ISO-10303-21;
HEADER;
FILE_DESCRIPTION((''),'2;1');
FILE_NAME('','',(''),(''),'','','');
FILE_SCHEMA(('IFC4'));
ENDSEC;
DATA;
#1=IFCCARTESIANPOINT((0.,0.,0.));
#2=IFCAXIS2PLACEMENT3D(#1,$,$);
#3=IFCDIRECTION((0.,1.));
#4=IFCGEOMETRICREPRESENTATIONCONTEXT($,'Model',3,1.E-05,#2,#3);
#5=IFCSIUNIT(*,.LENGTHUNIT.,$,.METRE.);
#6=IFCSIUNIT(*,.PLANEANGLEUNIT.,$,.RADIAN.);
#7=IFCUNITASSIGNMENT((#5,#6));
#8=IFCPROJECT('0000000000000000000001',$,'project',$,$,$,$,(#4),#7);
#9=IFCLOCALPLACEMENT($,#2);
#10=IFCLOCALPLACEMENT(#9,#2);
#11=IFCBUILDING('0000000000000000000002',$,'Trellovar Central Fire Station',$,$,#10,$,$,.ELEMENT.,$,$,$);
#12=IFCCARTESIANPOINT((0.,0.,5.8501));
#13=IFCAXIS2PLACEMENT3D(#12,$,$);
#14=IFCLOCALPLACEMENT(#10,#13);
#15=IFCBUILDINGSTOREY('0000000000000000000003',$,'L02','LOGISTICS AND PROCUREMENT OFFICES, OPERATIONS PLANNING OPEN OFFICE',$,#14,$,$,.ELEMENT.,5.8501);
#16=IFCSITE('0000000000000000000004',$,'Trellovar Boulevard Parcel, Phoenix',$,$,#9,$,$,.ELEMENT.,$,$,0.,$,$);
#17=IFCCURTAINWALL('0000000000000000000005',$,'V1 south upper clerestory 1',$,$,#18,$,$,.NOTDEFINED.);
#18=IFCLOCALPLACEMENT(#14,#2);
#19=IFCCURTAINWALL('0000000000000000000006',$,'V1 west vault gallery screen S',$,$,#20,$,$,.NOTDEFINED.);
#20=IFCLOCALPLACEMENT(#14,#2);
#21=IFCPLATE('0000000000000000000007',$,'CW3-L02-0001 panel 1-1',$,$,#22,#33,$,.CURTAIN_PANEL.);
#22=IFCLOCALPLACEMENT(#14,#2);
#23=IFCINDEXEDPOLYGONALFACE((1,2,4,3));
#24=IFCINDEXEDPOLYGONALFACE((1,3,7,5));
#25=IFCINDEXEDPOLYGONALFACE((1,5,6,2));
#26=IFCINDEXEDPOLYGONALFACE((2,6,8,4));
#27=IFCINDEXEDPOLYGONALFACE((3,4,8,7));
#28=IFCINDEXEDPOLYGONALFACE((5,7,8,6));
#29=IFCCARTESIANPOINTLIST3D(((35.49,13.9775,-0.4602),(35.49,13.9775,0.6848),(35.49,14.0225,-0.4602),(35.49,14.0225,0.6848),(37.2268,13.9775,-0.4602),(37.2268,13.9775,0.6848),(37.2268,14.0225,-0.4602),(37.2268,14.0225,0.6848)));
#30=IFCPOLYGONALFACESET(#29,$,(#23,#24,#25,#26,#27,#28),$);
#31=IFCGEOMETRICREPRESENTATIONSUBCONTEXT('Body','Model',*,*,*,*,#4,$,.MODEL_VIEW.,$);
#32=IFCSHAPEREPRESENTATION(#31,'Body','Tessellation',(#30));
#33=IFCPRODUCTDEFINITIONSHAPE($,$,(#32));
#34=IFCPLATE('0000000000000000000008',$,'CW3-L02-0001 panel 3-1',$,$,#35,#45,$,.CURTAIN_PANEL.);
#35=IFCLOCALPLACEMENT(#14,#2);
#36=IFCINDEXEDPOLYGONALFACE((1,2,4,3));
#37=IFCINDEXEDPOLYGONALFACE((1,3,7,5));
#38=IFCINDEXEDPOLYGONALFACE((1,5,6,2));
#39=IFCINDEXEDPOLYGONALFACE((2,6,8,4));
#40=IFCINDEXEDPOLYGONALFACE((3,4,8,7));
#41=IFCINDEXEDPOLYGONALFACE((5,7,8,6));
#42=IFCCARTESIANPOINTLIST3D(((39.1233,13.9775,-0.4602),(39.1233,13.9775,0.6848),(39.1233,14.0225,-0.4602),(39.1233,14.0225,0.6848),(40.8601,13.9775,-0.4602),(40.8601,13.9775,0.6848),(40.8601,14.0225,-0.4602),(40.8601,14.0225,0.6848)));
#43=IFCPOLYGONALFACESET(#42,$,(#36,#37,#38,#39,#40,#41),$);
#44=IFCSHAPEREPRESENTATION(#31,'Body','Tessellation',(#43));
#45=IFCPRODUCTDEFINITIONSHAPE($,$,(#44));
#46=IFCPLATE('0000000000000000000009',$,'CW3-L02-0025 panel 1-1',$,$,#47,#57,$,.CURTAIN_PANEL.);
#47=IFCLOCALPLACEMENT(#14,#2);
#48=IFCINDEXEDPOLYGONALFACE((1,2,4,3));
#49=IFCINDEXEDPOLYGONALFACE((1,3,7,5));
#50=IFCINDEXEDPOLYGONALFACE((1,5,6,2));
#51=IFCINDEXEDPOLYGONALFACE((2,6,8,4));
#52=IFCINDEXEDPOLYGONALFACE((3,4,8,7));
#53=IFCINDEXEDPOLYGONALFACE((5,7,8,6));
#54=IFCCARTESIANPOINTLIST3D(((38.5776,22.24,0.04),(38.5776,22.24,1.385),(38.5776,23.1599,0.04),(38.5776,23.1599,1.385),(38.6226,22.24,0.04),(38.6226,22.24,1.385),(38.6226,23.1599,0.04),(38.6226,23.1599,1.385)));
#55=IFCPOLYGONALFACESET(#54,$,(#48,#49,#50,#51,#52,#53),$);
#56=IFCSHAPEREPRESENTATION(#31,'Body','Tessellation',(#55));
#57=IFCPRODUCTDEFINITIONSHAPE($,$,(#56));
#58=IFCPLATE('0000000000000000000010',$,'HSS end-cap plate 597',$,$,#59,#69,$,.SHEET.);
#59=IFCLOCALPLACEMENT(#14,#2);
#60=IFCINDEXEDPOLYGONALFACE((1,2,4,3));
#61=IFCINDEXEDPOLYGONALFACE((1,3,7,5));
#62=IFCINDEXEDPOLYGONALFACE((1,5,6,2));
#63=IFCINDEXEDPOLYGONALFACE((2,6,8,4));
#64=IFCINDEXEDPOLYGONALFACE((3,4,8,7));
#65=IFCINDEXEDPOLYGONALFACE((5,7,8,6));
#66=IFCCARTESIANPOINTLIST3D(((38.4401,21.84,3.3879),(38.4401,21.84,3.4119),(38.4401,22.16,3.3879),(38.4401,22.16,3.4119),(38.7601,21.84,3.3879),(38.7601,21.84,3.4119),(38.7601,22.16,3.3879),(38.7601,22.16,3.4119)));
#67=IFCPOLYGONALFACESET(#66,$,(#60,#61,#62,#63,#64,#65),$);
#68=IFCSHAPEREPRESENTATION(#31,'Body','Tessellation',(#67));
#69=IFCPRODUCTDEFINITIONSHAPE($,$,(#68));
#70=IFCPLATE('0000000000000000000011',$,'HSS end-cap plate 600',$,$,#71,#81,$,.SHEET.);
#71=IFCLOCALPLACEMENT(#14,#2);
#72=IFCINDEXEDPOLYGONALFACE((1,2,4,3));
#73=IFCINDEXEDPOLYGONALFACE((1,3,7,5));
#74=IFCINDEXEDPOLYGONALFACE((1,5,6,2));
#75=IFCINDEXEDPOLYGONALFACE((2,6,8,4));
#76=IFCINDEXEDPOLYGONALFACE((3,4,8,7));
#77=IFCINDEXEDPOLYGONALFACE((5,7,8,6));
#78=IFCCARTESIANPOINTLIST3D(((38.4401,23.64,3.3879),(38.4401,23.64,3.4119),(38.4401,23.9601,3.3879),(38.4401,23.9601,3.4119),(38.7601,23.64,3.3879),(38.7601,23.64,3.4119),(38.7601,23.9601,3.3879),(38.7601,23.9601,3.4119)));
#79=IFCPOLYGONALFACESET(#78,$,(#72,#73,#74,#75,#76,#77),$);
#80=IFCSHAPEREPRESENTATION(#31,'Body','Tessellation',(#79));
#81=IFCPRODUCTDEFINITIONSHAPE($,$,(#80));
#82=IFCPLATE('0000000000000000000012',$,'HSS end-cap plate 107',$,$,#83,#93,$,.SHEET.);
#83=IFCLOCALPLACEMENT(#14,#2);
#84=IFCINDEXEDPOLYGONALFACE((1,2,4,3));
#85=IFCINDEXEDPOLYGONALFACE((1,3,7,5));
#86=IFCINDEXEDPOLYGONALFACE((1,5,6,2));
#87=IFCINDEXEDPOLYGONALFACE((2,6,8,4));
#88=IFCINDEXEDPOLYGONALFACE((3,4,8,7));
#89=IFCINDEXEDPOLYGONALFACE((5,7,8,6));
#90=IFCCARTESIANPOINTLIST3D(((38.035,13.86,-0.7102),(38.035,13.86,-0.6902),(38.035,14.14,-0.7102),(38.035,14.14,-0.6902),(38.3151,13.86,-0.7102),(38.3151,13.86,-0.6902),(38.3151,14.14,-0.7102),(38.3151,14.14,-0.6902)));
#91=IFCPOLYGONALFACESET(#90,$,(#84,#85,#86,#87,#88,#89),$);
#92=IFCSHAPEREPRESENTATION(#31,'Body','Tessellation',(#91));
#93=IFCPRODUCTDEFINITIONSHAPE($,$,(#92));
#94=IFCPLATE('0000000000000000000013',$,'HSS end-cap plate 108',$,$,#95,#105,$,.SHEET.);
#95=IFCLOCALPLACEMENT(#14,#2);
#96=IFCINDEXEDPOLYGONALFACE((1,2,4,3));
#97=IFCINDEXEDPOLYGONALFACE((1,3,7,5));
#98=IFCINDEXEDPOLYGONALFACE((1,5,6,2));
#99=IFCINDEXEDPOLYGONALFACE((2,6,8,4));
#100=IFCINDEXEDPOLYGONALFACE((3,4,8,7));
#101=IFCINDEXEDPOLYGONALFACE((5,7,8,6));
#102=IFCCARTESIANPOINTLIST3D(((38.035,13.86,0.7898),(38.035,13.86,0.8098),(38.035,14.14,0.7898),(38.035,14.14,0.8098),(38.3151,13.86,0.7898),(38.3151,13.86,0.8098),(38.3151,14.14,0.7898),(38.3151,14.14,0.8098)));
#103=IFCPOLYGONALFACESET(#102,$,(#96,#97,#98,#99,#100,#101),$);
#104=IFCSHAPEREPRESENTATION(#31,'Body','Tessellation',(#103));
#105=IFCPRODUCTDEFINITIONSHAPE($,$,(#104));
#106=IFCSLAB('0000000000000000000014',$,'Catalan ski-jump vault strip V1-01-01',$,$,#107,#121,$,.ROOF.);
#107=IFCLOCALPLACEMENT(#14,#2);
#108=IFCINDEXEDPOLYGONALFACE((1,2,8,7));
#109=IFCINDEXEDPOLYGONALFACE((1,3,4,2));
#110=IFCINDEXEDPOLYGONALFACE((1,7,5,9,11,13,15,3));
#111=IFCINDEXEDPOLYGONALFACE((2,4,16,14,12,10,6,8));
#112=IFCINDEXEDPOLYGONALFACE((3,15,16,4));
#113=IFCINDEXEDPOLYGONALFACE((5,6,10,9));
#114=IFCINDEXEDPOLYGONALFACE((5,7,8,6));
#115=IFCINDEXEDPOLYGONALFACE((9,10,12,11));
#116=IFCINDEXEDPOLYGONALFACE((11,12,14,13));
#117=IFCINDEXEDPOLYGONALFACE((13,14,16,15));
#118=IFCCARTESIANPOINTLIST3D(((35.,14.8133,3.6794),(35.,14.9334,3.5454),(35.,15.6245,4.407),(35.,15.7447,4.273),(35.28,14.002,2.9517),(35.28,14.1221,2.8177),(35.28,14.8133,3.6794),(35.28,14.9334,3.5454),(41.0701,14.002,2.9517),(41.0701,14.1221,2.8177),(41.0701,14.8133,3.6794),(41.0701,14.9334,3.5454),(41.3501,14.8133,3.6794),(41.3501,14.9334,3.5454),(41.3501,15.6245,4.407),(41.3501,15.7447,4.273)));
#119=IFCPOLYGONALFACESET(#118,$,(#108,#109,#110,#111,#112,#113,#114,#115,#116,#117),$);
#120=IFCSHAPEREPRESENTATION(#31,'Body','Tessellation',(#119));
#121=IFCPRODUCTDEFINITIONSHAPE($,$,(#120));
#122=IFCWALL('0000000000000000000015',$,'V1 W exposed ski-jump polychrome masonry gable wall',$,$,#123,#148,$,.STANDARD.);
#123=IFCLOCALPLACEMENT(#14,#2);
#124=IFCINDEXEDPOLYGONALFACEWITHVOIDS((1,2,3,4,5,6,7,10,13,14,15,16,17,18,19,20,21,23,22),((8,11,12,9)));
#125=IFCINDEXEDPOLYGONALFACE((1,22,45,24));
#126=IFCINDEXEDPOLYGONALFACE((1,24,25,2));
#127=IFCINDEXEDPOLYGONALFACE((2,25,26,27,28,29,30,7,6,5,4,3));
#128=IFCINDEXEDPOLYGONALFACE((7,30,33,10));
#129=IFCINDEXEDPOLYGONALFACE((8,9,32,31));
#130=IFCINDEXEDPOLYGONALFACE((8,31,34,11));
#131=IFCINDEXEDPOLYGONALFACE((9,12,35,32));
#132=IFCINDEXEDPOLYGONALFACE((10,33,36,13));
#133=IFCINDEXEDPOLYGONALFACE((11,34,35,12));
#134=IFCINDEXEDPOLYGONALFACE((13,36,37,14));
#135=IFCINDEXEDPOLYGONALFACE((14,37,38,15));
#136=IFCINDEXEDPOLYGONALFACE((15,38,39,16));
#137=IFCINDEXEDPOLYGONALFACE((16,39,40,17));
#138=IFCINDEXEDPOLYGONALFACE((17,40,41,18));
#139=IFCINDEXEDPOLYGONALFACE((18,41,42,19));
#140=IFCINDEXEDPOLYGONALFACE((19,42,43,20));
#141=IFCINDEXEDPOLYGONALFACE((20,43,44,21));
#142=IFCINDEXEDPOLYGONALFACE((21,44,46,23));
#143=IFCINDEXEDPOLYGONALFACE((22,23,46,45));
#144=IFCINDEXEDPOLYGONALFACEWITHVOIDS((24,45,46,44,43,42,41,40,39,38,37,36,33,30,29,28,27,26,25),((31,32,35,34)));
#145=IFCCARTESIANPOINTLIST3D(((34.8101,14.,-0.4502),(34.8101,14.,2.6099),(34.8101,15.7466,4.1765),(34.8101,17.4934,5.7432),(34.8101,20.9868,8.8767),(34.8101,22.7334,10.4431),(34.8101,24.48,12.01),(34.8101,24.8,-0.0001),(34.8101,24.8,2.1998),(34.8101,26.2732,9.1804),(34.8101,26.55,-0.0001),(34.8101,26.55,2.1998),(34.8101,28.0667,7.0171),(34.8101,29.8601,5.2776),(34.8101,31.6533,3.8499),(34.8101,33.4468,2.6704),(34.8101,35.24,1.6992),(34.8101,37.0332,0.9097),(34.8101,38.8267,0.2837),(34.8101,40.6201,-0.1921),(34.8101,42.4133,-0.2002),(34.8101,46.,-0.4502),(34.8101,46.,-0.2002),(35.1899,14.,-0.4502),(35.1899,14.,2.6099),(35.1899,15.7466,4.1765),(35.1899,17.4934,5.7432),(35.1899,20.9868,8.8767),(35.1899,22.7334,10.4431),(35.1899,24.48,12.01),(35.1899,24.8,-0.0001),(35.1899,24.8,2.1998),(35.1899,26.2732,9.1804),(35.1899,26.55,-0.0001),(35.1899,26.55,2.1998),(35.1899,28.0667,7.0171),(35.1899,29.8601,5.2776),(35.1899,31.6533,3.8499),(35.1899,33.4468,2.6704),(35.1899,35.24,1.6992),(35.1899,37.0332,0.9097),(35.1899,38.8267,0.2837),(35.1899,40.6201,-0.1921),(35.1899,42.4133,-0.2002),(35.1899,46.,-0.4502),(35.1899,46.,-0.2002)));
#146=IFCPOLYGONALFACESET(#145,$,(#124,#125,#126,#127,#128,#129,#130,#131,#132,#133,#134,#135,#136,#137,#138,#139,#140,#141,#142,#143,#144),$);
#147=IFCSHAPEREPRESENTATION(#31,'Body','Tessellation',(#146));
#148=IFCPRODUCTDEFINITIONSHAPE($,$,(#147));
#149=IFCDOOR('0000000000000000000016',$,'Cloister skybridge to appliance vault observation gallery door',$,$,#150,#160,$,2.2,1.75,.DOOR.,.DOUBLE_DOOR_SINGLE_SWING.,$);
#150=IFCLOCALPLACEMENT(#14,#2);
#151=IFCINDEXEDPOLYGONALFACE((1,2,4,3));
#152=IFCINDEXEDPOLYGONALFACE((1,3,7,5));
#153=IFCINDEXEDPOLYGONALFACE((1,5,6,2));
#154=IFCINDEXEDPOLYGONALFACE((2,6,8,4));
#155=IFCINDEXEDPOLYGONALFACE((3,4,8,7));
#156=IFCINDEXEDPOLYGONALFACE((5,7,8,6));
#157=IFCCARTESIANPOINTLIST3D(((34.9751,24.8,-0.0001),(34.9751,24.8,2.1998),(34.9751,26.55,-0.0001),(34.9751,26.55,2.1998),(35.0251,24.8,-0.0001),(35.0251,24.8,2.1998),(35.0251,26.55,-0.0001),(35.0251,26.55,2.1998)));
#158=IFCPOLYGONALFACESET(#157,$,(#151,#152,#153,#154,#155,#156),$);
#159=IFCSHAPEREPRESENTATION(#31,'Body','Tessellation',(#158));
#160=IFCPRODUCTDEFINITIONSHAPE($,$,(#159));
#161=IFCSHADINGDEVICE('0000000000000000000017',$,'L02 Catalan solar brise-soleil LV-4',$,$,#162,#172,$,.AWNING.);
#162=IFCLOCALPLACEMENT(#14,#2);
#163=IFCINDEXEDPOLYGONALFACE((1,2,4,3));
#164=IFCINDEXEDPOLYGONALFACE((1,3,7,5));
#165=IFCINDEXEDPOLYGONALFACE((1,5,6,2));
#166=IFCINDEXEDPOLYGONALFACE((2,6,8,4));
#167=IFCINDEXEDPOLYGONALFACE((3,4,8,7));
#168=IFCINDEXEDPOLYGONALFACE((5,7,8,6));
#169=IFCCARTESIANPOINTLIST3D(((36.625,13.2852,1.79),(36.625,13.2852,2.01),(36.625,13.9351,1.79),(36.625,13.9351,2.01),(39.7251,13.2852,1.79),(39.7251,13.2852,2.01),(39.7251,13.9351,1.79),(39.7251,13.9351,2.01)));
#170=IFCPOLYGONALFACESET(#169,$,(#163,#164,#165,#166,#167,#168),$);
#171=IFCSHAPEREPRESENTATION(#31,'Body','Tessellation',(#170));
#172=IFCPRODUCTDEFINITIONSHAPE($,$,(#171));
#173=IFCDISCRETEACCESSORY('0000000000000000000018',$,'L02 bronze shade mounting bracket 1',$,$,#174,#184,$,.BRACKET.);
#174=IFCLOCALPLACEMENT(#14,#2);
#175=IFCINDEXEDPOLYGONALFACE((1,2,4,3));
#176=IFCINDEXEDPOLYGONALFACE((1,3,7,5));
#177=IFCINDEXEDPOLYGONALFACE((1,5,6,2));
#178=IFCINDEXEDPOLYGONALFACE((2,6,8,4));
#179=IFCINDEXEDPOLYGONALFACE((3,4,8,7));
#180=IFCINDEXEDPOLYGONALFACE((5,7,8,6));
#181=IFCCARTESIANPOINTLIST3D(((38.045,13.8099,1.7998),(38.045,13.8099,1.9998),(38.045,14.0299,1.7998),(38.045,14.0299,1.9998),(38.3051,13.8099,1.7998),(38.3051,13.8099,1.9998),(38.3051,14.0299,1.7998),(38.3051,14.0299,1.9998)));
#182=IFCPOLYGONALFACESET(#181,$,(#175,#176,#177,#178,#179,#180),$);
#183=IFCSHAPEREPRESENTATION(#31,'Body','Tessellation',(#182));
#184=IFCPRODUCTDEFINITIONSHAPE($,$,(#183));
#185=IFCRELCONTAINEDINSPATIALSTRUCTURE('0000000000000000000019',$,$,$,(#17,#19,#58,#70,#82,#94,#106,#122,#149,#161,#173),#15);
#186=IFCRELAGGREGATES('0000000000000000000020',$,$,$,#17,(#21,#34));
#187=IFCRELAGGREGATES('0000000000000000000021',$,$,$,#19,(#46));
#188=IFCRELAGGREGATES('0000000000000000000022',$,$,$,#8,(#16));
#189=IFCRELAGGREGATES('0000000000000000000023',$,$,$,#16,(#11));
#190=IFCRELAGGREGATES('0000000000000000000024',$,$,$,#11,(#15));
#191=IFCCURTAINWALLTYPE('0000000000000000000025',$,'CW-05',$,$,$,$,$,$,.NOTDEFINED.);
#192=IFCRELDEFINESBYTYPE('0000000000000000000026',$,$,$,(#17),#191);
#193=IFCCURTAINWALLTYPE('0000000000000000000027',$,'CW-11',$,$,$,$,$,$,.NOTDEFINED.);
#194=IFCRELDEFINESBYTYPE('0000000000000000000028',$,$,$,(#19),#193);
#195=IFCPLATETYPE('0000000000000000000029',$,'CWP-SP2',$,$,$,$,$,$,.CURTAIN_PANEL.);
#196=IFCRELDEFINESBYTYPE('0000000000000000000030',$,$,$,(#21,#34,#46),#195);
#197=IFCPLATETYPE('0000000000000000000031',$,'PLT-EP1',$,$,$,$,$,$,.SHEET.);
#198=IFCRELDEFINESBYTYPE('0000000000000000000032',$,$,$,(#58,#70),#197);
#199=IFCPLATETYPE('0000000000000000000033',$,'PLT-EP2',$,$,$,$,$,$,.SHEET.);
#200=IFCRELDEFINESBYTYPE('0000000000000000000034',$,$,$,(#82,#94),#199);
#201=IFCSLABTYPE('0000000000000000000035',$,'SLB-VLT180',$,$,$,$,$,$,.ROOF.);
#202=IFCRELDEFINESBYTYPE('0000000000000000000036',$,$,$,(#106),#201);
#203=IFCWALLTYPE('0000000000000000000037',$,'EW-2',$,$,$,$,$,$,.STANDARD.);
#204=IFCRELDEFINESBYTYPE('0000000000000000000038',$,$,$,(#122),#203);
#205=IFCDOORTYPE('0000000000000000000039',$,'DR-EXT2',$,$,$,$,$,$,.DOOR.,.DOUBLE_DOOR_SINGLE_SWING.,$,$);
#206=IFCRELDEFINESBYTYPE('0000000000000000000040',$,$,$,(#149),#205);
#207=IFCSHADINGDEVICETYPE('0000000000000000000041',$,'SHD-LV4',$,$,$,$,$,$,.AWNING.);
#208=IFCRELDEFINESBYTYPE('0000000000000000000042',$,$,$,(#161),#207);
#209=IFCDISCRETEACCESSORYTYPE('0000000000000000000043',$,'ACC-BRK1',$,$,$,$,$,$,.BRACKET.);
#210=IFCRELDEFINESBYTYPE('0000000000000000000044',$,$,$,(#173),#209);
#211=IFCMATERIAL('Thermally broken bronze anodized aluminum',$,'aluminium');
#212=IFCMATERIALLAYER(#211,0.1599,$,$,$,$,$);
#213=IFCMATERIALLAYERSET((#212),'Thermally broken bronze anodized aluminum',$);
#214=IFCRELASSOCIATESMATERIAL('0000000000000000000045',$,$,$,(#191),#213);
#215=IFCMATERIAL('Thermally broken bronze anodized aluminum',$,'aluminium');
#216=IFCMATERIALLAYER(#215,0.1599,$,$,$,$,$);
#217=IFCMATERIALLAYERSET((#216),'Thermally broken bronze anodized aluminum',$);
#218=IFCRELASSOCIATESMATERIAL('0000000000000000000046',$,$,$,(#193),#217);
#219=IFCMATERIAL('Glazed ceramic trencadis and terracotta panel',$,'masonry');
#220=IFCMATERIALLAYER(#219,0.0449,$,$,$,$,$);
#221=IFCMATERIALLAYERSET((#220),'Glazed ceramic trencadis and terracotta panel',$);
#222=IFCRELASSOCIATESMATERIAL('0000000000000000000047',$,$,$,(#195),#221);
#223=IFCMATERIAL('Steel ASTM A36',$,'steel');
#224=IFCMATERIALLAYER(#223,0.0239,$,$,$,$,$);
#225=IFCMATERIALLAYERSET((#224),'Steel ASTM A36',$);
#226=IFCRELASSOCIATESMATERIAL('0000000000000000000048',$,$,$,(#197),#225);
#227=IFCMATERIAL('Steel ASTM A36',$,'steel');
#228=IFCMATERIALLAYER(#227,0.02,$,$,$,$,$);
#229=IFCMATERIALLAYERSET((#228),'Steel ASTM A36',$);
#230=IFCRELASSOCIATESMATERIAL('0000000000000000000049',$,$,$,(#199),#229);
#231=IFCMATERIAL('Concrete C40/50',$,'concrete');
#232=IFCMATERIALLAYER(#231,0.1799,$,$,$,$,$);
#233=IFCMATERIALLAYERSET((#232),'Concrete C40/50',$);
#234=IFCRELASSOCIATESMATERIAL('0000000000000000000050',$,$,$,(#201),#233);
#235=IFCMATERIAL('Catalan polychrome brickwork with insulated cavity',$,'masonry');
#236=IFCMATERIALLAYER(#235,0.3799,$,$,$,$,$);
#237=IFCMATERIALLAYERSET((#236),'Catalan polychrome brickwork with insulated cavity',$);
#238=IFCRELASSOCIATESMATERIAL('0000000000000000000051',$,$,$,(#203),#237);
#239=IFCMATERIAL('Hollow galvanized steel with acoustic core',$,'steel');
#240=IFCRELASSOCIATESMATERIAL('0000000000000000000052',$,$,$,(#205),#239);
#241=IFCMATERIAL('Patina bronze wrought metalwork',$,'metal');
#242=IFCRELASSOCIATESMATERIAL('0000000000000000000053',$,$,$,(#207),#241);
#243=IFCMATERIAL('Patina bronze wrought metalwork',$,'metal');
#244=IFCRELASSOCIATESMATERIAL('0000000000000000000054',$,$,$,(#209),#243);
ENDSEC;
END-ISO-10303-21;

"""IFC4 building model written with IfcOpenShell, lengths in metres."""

from ifc_helpers import new_model, si_unit, direction, frame, frame_2d, origin, origin_2d, place, context, subcontext, project, spatial, polyline, rectangle, outline, extrude, material, layer, layer_set, type_object, element, fill, aggregate, save


model = new_model("IFC4")

# Units and contexts
model_context = context("Model", 3, precision=1e-05, world=origin(), true_north=direction((0.0, 1.0)))
body_context = subcontext(model_context, "Body", "Model", "MODEL_VIEW")
ifc_project = project(units=[si_unit("LENGTHUNIT", "METRE"), si_unit("PLANEANGLEUNIT", "RADIAN")], contexts=[model_context])

# Site, building, storey
site_placement = place(None, origin())
site = spatial("IfcSite", under=ifc_project, at=site_placement, Name="Trellovar Boulevard Parcel, Phoenix", CompositionType="ELEMENT", RefElevation=0.0)
building_placement = place(site_placement, origin())
building = spatial("IfcBuilding", under=site, at=building_placement, Name="Trellovar Central Fire Station", CompositionType="ELEMENT")
storey_placement = place(building_placement, frame((0.0, 0.0, 5.8501)))
storey = spatial("IfcBuildingStorey", under=building, at=storey_placement, Name="L02", Description="LOGISTICS AND PROCUREMENT OFFICES, OPERATIONS PLANNING OPEN OFFICE", CompositionType="ELEMENT", Elevation=5.8501)

# Curtain walls
ifc_material_1 = material(Name="Thermally broken bronze anodized aluminum", Category="aluminium")
ifc_layer_1 = layer(ifc_material_1, 0.1599)
ifc_layer_set_1 = layer_set([ifc_layer_1], Name="Thermally broken bronze anodized aluminum")
curtain_wall_type_1 = type_object("IfcCurtainWallType", Name="CW-05", PredefinedType="NOTDEFINED", material=ifc_layer_set_1)
curtain_wall_1_placement = place(storey_placement, origin())
curtain_wall_1 = element("IfcCurtainWall", 1, at=curtain_wall_1_placement, inside=storey, type_object=curtain_wall_type_1, Name="V1 south upper clerestory 1", PredefinedType="NOTDEFINED")
ifc_material_2 = material(Name="Thermally broken bronze anodized aluminum", Category="aluminium")
ifc_layer_2 = layer(ifc_material_2, 0.1599)
ifc_layer_set_2 = layer_set([ifc_layer_2], Name="Thermally broken bronze anodized aluminum")
curtain_wall_type_2 = type_object("IfcCurtainWallType", Name="CW-11", PredefinedType="NOTDEFINED", material=ifc_layer_set_2)
curtain_wall_2_placement = place(storey_placement, origin())
curtain_wall_2 = element("IfcCurtainWall", 2, at=curtain_wall_2_placement, inside=storey, type_object=curtain_wall_type_2, Name="V1 west vault gallery screen S", PredefinedType="NOTDEFINED")

# Plates
ifc_material_3 = material(Name="Glazed ceramic trencadis and terracotta panel", Category="masonry")
ifc_layer_3 = layer(ifc_material_3, 0.0449)
ifc_layer_set_3 = layer_set([ifc_layer_3], Name="Glazed ceramic trencadis and terracotta panel")
plate_type_1 = type_object("IfcPlateType", Name="CWP-SP2", PredefinedType="CURTAIN_PANEL", material=ifc_layer_set_3)
plate_1_placement = place(storey_placement, frame((36.3584, 14.0, -0.4602), z_axis=(0.0, 0.0, 1.0), x_axis=(1.0, 0.0, 0.0)))
plate_1 = element("IfcPlate", 3, at=plate_1_placement, type_object=plate_type_1, Name="CW3-L02-0001 panel 1-1", PredefinedType="CURTAIN_PANEL", context=body_context, shape_type="SweptSolid", body=[
    extrude(rectangle(XDim=1.7368, YDim=0.0449, at=origin_2d()), origin(), (0.0, 0.0, 1.0), 1.145),
])
plate_2_placement = place(storey_placement, frame((39.9917, 14.0, -0.4602), z_axis=(0.0, 0.0, 1.0), x_axis=(1.0, 0.0, 0.0)))
plate_2 = element("IfcPlate", 4, at=plate_2_placement, type_object=plate_type_1, Name="CW3-L02-0001 panel 3-1", PredefinedType="CURTAIN_PANEL", context=body_context, shape_type="SweptSolid", body=[
    extrude(rectangle(XDim=1.7368, YDim=0.0449, at=origin_2d()), origin(), (0.0, 0.0, 1.0), 1.145),
])
aggregate(curtain_wall_1, [plate_1, plate_2])
plate_3_placement = place(storey_placement, frame((38.6001, 22.7, 0.04), z_axis=(0.0, 0.0, 1.0), x_axis=(0.0, 1.0, 0.0)))
plate_3 = element("IfcPlate", 5, at=plate_3_placement, type_object=plate_type_1, Name="CW3-L02-0025 panel 1-1", PredefinedType="CURTAIN_PANEL", context=body_context, shape_type="SweptSolid", body=[
    extrude(rectangle(XDim=0.9199, YDim=0.0449, at=origin_2d()), origin(), (0.0, 0.0, 1.0), 1.345),
])
aggregate(curtain_wall_2, [plate_3])

# Plates
ifc_material_4 = material(Name="Steel ASTM A36", Category="steel")
ifc_layer_4 = layer(ifc_material_4, 0.0239)
ifc_layer_set_4 = layer_set([ifc_layer_4], Name="Steel ASTM A36")
plate_type_2 = type_object("IfcPlateType", Name="PLT-EP1", PredefinedType="SHEET", material=ifc_layer_set_4)
for number, where, z_axis, x_axis, name in (
    (6, (38.6001, 22.0, 3.3879), (0.0, 0.0, 1.0), (1.0, 0.0, 0.0), "HSS end-cap plate 597"),
    (7, (38.6001, 23.8, 3.3879), (0.0, 0.0, 1.0), (1.0, 0.0, 0.0), "HSS end-cap plate 600"),
):
    element("IfcPlate", number, at=place(storey_placement, frame(where, z_axis=z_axis, x_axis=x_axis)), inside=storey, type_object=plate_type_2, Name=name, PredefinedType="SHEET", context=body_context, shape_type="SweptSolid", body=[
        extrude(rectangle(XDim=0.3201, YDim=0.3201, at=origin_2d()), origin(), (0.0, 0.0, 1.0), 0.0239),
    ])
ifc_material_5 = material(Name="Steel ASTM A36", Category="steel")
ifc_layer_5 = layer(ifc_material_5, 0.02)
ifc_layer_set_5 = layer_set([ifc_layer_5], Name="Steel ASTM A36")
plate_type_3 = type_object("IfcPlateType", Name="PLT-EP2", PredefinedType="SHEET", material=ifc_layer_set_5)
for number, where, z_axis, x_axis, name in (
    (8, (38.175, 14.0, -0.7102), (0.0, 0.0, 1.0), (1.0, 0.0, 0.0), "HSS end-cap plate 107"),
    (9, (38.175, 14.0, 0.7898), (0.0, 0.0, 1.0), (1.0, 0.0, 0.0), "HSS end-cap plate 108"),
):
    element("IfcPlate", number, at=place(storey_placement, frame(where, z_axis=z_axis, x_axis=x_axis)), inside=storey, type_object=plate_type_3, Name=name, PredefinedType="SHEET", context=body_context, shape_type="SweptSolid", body=[
        extrude(rectangle(XDim=0.28, YDim=0.28, at=origin_2d()), origin(), (0.0, 0.0, 1.0), 0.02),
    ])

# Slab
ifc_material_6 = material(Name="Concrete C40/50", Category="concrete")
ifc_layer_6 = layer(ifc_material_6, 0.1799)
ifc_layer_set_6 = layer_set([ifc_layer_6], Name="Concrete C40/50")
slab_type = type_object("IfcSlabType", Name="SLB-VLT180", PredefinedType="ROOF", material=ifc_layer_set_6)
slab_placement = place(storey_placement, frame((35.28, 14.002, 2.9517), z_axis=(0.0, -0.667698, 0.744432), x_axis=(1.0, 0.0, 0.0)))
element("IfcSlab", 10, at=slab_placement, inside=storey, type_object=slab_type, Name="Catalan ski-jump vault strip V1-01-01", PredefinedType="ROOF", context=body_context, shape_type="SweptSolid", body=[
    extrude(outline(polyline([(0.0, 0.0), (5.79, 0.0), (5.79, 1.0899), (6.0701, 1.0899), (6.0701, 2.1796), (-0.28, 2.1796), (-0.28, 1.0899), (0.0, 1.0899), (0.0, 0.0)])), origin(), (0.0, 0.0, -1.0), 0.1799),
])

# Wall, opening, door
ifc_material_7 = material(Name="Catalan polychrome brickwork with insulated cavity", Category="masonry")
ifc_layer_7 = layer(ifc_material_7, 0.3799)
ifc_layer_set_7 = layer_set([ifc_layer_7], Name="Catalan polychrome brickwork with insulated cavity")
wall_type = type_object("IfcWallType", Name="EW-2", PredefinedType="STANDARD", material=ifc_layer_set_7)
wall_placement = place(storey_placement, frame((35.0, 14.0, -0.4502), z_axis=(0.0, 0.0, 1.0), x_axis=(0.0, 1.0, 0.0)))
wall = element("IfcWall", 11, at=wall_placement, inside=storey, type_object=wall_type, Name="V1 W exposed ski-jump polychrome masonry gable wall", PredefinedType="STANDARD", context=body_context, shape_type="SweptSolid", body=[
    extrude(outline(polyline([(0.0, 0.0), (32.0, 0.0), (32.0, 0.25), (30.2068, 0.25), (28.4133, 0.25), (26.6201, 0.2581), (24.8267, 0.7339), (23.0332, 1.3599), (21.24, 2.1494), (19.4468, 3.1206), (17.6533, 4.3), (15.8601, 5.7278), (14.0667, 7.4673), (12.2732, 9.6306), (10.48, 12.4602), (8.7334, 10.8933), (6.9868, 9.3269), (5.24, 7.76), (3.4934, 6.1934), (1.7466, 4.6267), (0.0, 3.0601), (0.0, 0.0)])), frame((0.0, 0.1899, 0.0), z_axis=(0.0, -1.0, 0.0), x_axis=(1.0, 0.0, 0.0)), (0.0, 0.0, 1.0), 0.3799),
])
opening_placement = place(wall_placement, frame((10.8, 0.0, 0.45)))
opening = element("IfcOpeningElement", 12, at=opening_placement, cuts=wall, PredefinedType="OPENING", context=body_context, shape_type="SweptSolid", body=[
    extrude(rectangle(XDim=1.75, YDim=2.2, at=frame_2d((0.875, 1.1001))), frame((0.0, 0.2, 0.0), z_axis=(0.0, -1.0, 0.0), x_axis=(1.0, 0.0, 0.0)), (0.0, 0.0, 1.0), 0.3999),
])
ifc_material_8 = material(Name="Hollow galvanized steel with acoustic core", Category="steel")
door_type = type_object("IfcDoorType", Name="DR-EXT2", OperationType="DOUBLE_DOOR_SINGLE_SWING", PredefinedType="DOOR", material=ifc_material_8)
door_placement = place(opening_placement, origin())
door = element("IfcDoor", 13, at=door_placement, inside=storey, type_object=door_type, Name="Cloister skybridge to appliance vault observation gallery door", OperationType="DOUBLE_DOOR_SINGLE_SWING", OverallHeight=2.2, OverallWidth=1.75, PredefinedType="DOOR", context=body_context, shape_type="SweptSolid", body=[
    extrude(rectangle(XDim=1.75, YDim=2.2, at=frame_2d((0.875, 1.1001))), frame((0.0, 0.0249, 0.0), z_axis=(0.0, -1.0, 0.0), x_axis=(1.0, 0.0, 0.0)), (0.0, 0.0, 1.0), 0.05),
])
fill(opening, door)

# Shading device
ifc_material_9 = material(Name="Patina bronze wrought metalwork", Category="metal")
shading_device_type = type_object("IfcShadingDeviceType", Name="SHD-LV4", PredefinedType="AWNING", material=ifc_material_9)
shading_device_placement = place(storey_placement, frame((38.175, 13.6101, 1.79), z_axis=(0.0, 0.0, 1.0), x_axis=(1.0, 0.0, 0.0)))
element("IfcShadingDevice", 14, at=shading_device_placement, inside=storey, type_object=shading_device_type, Name="L02 Catalan solar brise-soleil LV-4", PredefinedType="AWNING", context=body_context, shape_type="SweptSolid", body=[
    extrude(rectangle(XDim=3.1001, YDim=0.6499, at=origin_2d()), origin(), (0.0, 0.0, 1.0), 0.22),
])

# Discrete accessory
ifc_material_10 = material(Name="Patina bronze wrought metalwork", Category="metal")
discrete_accessory_type = type_object("IfcDiscreteAccessoryType", Name="ACC-BRK1", PredefinedType="BRACKET", material=ifc_material_10)
discrete_accessory_placement = place(storey_placement, frame((38.175, 13.9199, 1.7998), z_axis=(0.0, 0.0, 1.0), x_axis=(1.0, 0.0, 0.0)))
element("IfcDiscreteAccessory", 15, at=discrete_accessory_placement, inside=storey, type_object=discrete_accessory_type, Name="L02 bronze shade mounting bracket 1", PredefinedType="BRACKET", context=body_context, shape_type="SweptSolid", body=[
    extrude(rectangle(XDim=0.26, YDim=0.22, at=origin_2d()), origin(), (0.0, 0.0, 1.0), 0.2),
])

save(model, "model.ifc")
